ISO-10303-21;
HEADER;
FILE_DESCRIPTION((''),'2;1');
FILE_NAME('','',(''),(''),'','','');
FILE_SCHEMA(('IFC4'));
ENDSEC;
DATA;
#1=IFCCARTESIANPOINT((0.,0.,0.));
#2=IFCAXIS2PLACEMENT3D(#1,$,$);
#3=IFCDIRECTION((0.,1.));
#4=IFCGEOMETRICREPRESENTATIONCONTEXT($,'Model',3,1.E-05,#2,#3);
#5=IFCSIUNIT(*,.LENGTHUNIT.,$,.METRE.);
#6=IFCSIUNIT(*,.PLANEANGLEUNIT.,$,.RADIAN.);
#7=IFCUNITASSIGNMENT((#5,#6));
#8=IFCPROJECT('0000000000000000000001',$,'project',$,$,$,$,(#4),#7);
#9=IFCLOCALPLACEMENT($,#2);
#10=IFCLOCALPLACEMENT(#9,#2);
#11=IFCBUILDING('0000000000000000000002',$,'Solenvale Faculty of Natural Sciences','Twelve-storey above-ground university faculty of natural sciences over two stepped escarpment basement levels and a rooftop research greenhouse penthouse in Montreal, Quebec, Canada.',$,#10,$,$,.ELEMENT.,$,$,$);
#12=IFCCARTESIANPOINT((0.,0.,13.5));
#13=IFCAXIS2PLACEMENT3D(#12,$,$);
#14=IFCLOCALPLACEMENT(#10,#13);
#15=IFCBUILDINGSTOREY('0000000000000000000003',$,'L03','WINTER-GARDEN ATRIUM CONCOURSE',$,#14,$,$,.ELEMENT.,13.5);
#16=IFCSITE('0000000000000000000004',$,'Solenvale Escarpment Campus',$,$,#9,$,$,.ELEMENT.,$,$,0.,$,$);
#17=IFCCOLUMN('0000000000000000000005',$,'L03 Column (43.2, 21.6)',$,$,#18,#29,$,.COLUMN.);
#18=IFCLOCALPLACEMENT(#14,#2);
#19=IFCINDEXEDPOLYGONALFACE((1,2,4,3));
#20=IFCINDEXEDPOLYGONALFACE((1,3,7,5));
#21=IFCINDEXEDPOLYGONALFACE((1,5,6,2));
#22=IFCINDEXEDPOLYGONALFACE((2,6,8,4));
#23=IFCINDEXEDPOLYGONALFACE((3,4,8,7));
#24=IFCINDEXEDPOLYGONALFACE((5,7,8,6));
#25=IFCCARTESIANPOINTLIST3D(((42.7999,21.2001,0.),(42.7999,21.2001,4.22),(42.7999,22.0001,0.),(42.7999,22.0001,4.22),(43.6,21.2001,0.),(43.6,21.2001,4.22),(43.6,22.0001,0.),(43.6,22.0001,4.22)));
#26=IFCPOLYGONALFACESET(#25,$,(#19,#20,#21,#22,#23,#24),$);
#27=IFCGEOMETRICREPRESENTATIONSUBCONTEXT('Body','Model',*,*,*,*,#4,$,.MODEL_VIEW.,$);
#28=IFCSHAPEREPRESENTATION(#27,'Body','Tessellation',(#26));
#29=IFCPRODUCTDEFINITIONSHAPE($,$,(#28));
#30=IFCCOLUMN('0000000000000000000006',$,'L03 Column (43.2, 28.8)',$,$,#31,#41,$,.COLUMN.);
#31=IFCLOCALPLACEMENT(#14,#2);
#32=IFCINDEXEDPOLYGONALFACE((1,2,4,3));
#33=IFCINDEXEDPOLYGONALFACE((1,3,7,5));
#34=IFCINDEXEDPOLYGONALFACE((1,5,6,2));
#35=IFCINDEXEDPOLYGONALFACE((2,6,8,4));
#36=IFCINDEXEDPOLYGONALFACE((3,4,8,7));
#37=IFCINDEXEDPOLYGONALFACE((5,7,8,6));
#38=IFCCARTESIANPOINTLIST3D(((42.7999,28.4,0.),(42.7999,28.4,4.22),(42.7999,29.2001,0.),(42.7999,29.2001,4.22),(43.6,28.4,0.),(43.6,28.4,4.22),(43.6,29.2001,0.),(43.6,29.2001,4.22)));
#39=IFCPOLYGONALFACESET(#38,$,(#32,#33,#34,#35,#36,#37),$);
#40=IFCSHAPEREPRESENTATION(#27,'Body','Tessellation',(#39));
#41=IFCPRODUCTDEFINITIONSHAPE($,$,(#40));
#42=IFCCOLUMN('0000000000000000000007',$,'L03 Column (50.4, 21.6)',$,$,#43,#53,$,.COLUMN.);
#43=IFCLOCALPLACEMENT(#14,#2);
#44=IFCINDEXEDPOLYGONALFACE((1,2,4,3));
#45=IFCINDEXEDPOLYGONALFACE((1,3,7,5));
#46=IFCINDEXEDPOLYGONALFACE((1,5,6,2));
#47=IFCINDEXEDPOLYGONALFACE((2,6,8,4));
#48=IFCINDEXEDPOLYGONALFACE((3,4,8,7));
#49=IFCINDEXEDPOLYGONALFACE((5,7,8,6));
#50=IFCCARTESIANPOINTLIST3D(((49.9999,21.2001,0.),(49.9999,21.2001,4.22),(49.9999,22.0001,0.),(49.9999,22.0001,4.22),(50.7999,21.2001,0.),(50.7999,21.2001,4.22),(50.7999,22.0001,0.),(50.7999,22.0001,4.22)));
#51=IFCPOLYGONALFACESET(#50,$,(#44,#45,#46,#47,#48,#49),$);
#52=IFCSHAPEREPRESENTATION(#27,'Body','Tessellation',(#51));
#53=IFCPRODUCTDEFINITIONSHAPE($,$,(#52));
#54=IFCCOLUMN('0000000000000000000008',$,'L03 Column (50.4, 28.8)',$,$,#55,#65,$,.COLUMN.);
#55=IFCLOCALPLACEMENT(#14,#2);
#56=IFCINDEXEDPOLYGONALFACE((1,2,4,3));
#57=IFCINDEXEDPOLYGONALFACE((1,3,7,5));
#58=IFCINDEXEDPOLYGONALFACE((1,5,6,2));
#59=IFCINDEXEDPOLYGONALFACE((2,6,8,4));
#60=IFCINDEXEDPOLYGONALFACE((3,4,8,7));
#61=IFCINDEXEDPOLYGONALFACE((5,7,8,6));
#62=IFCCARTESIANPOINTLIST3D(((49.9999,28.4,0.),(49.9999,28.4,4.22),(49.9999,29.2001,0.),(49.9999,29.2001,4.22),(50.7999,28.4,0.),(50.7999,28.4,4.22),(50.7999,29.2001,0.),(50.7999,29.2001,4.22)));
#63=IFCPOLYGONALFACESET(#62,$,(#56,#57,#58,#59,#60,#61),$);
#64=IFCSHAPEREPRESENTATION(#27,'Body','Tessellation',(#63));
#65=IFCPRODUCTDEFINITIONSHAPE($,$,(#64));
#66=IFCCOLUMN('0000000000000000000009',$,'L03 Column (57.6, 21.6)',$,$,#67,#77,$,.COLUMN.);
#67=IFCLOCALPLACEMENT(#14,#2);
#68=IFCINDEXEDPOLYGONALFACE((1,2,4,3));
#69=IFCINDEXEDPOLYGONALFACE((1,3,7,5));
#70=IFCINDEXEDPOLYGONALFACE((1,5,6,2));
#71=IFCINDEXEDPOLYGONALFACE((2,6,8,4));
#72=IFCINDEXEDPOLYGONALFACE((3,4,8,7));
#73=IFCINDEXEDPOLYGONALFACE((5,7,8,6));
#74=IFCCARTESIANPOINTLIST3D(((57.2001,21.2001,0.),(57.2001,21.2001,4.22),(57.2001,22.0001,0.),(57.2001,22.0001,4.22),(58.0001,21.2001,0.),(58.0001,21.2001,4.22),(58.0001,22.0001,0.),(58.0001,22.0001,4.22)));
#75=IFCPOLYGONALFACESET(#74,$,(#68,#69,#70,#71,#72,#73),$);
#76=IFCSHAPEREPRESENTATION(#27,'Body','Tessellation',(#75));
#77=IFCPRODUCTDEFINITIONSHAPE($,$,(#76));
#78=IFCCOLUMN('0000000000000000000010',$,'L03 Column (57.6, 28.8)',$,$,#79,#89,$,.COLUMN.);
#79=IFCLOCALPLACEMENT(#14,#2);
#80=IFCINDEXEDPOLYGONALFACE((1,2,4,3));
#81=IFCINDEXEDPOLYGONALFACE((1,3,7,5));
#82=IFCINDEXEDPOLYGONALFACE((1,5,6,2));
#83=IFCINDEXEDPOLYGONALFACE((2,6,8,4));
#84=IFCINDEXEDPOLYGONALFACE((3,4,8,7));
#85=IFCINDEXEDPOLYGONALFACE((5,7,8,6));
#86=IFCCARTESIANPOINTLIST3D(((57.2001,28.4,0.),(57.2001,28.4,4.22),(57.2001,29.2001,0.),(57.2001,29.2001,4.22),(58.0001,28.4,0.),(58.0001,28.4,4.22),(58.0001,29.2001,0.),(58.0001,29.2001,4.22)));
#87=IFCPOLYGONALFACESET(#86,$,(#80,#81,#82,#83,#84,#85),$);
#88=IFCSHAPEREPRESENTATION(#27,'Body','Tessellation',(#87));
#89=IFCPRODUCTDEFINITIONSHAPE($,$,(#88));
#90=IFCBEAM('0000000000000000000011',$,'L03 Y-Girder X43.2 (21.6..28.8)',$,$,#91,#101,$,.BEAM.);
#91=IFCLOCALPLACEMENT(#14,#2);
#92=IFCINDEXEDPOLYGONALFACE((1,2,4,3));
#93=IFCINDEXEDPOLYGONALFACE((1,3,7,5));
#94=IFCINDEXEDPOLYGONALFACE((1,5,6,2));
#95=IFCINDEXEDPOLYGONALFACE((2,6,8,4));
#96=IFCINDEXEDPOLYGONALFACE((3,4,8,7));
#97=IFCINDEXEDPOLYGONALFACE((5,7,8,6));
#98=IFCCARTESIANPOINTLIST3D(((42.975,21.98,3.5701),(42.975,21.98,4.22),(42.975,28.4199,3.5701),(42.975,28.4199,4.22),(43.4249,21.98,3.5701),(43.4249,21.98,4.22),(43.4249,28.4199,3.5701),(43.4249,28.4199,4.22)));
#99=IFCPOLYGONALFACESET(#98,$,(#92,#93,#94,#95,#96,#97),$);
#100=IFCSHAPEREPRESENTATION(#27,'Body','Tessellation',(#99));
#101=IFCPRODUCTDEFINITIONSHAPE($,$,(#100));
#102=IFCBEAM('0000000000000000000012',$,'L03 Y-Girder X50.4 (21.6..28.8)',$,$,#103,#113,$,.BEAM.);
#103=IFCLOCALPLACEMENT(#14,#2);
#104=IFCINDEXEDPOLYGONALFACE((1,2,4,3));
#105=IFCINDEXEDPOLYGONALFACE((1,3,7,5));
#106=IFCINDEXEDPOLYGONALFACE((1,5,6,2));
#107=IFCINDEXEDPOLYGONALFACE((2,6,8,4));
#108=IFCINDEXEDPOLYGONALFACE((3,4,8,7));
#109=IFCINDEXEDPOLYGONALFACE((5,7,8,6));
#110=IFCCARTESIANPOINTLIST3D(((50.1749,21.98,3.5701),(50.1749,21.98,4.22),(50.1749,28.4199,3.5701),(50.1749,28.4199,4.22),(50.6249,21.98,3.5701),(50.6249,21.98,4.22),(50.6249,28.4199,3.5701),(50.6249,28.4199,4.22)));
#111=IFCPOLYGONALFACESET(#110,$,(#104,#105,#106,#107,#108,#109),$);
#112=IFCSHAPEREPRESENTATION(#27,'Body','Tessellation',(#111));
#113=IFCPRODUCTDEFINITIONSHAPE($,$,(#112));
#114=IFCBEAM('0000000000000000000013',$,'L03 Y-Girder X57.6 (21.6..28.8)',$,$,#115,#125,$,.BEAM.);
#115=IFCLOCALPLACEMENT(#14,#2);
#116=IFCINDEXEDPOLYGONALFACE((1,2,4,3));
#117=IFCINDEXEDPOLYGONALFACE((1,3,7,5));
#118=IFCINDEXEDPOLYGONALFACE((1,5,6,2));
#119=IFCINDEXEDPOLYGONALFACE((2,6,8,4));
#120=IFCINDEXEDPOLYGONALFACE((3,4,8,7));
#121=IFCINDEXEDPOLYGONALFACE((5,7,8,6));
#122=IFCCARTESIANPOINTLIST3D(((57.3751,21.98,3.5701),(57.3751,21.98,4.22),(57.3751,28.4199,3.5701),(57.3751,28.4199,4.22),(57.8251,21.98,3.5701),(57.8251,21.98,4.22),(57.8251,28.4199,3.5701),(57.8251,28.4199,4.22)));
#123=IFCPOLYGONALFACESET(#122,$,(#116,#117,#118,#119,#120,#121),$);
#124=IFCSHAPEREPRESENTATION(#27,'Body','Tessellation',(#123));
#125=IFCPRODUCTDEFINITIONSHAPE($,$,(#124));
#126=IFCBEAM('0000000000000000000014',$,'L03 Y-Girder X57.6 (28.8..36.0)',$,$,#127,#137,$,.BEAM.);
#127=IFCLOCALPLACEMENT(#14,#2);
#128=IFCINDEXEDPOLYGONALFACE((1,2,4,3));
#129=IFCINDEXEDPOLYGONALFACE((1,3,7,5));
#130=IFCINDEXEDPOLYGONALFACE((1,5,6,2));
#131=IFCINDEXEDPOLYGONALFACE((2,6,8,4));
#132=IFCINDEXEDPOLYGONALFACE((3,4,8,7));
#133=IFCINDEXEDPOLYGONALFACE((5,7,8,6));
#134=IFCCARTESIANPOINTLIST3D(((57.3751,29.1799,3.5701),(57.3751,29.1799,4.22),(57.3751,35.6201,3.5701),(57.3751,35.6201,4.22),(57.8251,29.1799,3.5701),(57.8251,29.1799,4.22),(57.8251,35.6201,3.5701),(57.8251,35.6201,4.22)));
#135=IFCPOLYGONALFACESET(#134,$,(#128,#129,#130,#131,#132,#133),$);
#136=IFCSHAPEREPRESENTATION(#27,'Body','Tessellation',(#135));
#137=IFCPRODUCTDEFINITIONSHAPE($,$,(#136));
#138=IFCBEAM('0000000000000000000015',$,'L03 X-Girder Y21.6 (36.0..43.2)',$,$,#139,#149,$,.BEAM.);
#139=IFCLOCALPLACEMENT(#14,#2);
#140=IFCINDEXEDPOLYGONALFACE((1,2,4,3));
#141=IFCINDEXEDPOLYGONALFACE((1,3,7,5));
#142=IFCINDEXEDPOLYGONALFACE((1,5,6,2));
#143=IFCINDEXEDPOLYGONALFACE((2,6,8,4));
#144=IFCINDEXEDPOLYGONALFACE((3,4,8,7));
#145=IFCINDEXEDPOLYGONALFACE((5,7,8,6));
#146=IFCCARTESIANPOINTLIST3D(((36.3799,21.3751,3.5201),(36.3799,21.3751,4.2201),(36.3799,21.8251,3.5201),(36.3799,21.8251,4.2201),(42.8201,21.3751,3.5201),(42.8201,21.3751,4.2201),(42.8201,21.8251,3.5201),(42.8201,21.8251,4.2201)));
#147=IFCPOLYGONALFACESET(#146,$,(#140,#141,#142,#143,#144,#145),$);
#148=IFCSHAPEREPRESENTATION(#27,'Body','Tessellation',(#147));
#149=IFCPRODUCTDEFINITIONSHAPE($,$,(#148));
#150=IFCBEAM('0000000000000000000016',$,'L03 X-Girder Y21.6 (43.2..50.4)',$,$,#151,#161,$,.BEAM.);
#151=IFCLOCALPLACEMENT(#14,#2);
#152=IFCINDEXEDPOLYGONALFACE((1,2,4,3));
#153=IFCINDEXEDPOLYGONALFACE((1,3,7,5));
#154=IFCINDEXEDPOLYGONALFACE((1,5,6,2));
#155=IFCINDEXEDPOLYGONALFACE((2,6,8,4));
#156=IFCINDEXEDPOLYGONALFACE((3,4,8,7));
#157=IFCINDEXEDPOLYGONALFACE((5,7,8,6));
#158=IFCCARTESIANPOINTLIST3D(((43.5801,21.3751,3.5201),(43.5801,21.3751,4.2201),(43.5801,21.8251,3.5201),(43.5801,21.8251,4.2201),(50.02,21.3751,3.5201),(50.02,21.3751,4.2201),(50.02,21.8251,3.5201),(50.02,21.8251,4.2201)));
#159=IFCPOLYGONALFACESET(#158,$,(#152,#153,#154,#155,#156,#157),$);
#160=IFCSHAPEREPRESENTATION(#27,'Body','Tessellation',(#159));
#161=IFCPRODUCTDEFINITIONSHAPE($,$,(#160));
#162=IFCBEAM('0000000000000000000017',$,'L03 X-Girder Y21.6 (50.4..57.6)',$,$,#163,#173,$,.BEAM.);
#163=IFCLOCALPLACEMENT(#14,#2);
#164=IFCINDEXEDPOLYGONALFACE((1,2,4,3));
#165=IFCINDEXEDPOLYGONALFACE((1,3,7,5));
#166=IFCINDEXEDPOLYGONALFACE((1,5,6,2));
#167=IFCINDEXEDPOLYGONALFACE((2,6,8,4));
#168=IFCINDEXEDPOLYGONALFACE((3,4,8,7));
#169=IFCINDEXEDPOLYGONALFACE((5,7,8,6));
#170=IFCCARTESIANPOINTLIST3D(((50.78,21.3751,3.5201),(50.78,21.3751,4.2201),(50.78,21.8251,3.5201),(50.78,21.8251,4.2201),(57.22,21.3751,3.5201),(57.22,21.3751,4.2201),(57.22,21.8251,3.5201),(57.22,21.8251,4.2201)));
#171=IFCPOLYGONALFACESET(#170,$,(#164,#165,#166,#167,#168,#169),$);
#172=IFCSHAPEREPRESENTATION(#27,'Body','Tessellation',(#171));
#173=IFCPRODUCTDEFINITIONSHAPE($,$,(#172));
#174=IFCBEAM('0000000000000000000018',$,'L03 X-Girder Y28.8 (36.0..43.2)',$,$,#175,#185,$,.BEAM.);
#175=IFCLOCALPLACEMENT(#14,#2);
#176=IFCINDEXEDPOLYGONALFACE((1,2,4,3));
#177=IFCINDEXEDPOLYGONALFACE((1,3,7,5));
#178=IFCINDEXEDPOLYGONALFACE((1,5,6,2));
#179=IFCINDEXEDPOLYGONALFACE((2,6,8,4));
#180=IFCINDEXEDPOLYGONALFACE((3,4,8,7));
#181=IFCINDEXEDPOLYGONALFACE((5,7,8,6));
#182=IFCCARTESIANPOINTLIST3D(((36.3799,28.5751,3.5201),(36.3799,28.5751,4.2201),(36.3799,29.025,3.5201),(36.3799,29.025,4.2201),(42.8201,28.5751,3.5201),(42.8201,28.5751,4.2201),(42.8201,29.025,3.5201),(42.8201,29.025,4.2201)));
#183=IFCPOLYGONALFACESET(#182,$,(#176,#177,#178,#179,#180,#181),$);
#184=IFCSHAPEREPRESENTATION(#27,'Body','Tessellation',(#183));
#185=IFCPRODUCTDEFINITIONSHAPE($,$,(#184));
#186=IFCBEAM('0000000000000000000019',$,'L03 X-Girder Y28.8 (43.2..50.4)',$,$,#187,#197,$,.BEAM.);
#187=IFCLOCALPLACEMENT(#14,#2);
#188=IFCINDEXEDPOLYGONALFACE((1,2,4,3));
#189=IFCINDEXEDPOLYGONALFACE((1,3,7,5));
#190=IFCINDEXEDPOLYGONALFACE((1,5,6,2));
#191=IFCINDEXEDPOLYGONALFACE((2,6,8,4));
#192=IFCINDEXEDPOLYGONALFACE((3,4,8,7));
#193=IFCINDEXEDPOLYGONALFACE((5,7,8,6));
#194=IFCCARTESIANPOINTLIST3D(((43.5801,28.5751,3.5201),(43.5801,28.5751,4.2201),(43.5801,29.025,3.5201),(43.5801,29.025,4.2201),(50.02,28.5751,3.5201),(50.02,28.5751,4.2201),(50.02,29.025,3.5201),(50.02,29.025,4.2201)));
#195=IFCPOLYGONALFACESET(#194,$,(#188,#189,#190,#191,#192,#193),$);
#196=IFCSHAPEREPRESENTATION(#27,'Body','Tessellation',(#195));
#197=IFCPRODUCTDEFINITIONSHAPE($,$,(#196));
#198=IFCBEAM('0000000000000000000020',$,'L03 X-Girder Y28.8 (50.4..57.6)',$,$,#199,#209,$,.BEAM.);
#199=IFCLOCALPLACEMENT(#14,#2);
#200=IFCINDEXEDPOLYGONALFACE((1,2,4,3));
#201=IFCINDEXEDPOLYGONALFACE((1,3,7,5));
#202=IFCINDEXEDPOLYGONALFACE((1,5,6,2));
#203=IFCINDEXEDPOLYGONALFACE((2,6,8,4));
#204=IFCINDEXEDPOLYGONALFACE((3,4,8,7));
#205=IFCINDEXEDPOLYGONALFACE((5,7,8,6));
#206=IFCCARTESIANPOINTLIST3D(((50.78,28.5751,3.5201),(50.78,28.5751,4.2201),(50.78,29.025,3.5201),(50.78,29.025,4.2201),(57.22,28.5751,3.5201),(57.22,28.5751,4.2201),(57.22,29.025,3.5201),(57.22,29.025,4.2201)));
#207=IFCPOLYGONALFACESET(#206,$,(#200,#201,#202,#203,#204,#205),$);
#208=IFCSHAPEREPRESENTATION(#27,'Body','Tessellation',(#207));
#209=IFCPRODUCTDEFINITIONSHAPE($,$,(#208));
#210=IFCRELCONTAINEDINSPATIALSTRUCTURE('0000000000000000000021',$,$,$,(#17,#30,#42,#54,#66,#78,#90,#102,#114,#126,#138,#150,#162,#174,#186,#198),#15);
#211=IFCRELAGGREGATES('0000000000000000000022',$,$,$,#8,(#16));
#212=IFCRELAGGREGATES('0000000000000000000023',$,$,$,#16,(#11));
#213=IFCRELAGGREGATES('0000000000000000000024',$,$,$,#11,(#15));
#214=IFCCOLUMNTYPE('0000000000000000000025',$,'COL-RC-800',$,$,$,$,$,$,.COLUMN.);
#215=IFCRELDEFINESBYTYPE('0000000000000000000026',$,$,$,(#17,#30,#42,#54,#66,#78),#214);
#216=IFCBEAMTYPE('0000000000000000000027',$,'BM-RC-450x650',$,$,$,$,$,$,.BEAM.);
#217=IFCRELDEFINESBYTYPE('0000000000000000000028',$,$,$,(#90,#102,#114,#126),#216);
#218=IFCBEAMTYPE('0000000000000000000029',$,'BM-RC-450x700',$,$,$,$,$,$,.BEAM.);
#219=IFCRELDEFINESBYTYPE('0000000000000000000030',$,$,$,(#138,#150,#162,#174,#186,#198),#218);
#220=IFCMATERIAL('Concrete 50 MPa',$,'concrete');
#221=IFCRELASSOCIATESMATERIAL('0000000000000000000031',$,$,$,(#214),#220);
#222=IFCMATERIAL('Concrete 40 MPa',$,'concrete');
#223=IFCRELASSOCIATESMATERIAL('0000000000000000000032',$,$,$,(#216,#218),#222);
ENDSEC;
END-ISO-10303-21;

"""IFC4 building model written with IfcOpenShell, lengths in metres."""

from ifc_helpers import new_model, si_unit, direction, frame, origin, origin_2d, place, context, subcontext, project, spatial, rectangle, extrude, material, material_profile, profile_set, type_object, element, save


model = new_model("IFC4")

# Units and contexts
model_context = context("Model", 3, precision=1e-05, world=origin(), true_north=direction((0.0, 1.0)))
body_context = subcontext(model_context, "Body", "Model", "MODEL_VIEW")
ifc_project = project(units=[si_unit("LENGTHUNIT", "METRE"), si_unit("PLANEANGLEUNIT", "RADIAN")], contexts=[model_context])

# Site, building, storey
site_placement = place(None, origin())
site = spatial("IfcSite", under=ifc_project, at=site_placement, Name="Solenvale Escarpment Campus", CompositionType="ELEMENT", RefElevation=0.0)
building_placement = place(site_placement, origin())
building = spatial("IfcBuilding", under=site, at=building_placement, Name="Solenvale Faculty of Natural Sciences", Description="Twelve-storey above-ground university faculty of natural sciences over two stepped escarpment basement levels and a rooftop research greenhouse penthouse in Montreal, Quebec, Canada.", CompositionType="ELEMENT")
storey_placement = place(building_placement, frame((0.0, 0.0, 13.5)))
storey = spatial("IfcBuildingStorey", under=building, at=storey_placement, Name="L03", Description="WINTER-GARDEN ATRIUM CONCOURSE", CompositionType="ELEMENT", Elevation=13.5)

# Columns
ifc_material_1 = material(Name="Concrete 50 MPa", Category="concrete")
ifc_material_profile_1 = material_profile(ifc_material_1, rectangle(XDim=0.8, YDim=0.8, at=origin_2d()), Name="RC-COL-800x800")
ifc_profile_set_1 = profile_set([ifc_material_profile_1], Name="Concrete 50 MPa")
column_type = type_object("IfcColumnType", Name="COL-RC-800", PredefinedType="COLUMN", material=ifc_profile_set_1)
for number, where, z_axis, x_axis, name in (
    (1, (43.2, 21.6001, 0.0), (0.0, 0.0, 1.0), (1.0, 0.0, 0.0), "L03 Column (43.2, 21.6)"),
    (2, (43.2, 28.8, 0.0), (0.0, 0.0, 1.0), (1.0, 0.0, 0.0), "L03 Column (43.2, 28.8)"),
    (3, (50.3999, 21.6001, 0.0), (0.0, 0.0, 1.0), (1.0, 0.0, 0.0), "L03 Column (50.4, 21.6)"),
    (4, (50.3999, 28.8, 0.0), (0.0, 0.0, 1.0), (1.0, 0.0, 0.0), "L03 Column (50.4, 28.8)"),
    (5, (57.6001, 21.6001, 0.0), (0.0, 0.0, 1.0), (1.0, 0.0, 0.0), "L03 Column (57.6, 21.6)"),
    (6, (57.6001, 28.8, 0.0), (0.0, 0.0, 1.0), (1.0, 0.0, 0.0), "L03 Column (57.6, 28.8)"),
):
    element("IfcColumn", number, at=place(storey_placement, frame(where, z_axis=z_axis, x_axis=x_axis)), inside=storey, type_object=column_type, Name=name, PredefinedType="COLUMN", context=body_context, shape_type="SweptSolid", body=[
        extrude(rectangle(XDim=0.8, YDim=0.8, at=origin_2d()), origin(), (0.0, 0.0, 1.0), 4.22),
    ])

# Beams
ifc_material_2 = material(Name="Concrete 40 MPa", Category="concrete")
ifc_material_profile_2 = material_profile(ifc_material_2, rectangle(XDim=0.45, YDim=0.6499, at=origin_2d()), Name="RC-BM-450x650")
ifc_profile_set_2 = profile_set([ifc_material_profile_2], Name="Concrete 40 MPa")
beam_type_1 = type_object("IfcBeamType", Name="BM-RC-450x650", PredefinedType="BEAM", material=ifc_profile_set_2)
for number, where, z_axis, x_axis, name in (
    (7, (43.2, 21.98, 3.895), (0.0, 1.0, 0.0), (-1.0, 0.0, 0.0), "L03 Y-Girder X43.2 (21.6..28.8)"),
    (8, (50.3999, 21.98, 3.895), (0.0, 1.0, 0.0), (-1.0, 0.0, 0.0), "L03 Y-Girder X50.4 (21.6..28.8)"),
    (9, (57.6001, 21.98, 3.895), (0.0, 1.0, 0.0), (-1.0, 0.0, 0.0), "L03 Y-Girder X57.6 (21.6..28.8)"),
):
    element("IfcBeam", number, at=place(storey_placement, frame(where, z_axis=z_axis, x_axis=x_axis)), inside=storey, type_object=beam_type_1, Name=name, PredefinedType="BEAM", context=body_context, shape_type="SweptSolid", body=[
        extrude(rectangle(XDim=0.45, YDim=0.6499, at=origin_2d()), origin(), (0.0, 0.0, 1.0), 6.4399),
    ])
beam_1_placement = place(storey_placement, frame((57.6001, 29.1799, 3.895), z_axis=(0.0, 1.0, 0.0), x_axis=(-1.0, 0.0, 0.0)))
element("IfcBeam", 10, at=beam_1_placement, inside=storey, type_object=beam_type_1, Name="L03 Y-Girder X57.6 (28.8..36.0)", PredefinedType="BEAM", context=body_context, shape_type="SweptSolid", body=[
    extrude(rectangle(XDim=0.45, YDim=0.6499, at=origin_2d()), origin(), (0.0, 0.0, 1.0), 6.4402),
])
ifc_material_profile_3 = material_profile(ifc_material_2, rectangle(XDim=0.45, YDim=0.7, at=origin_2d()), Name="RC-BM-450x700")
ifc_profile_set_3 = profile_set([ifc_material_profile_3], Name="Concrete 40 MPa")
beam_type_2 = type_object("IfcBeamType", Name="BM-RC-450x700", PredefinedType="BEAM", material=ifc_profile_set_3)
beam_2_placement = place(storey_placement, frame((36.3799, 21.6001, 3.8701), z_axis=(1.0, 0.0, 0.0), x_axis=(0.0, 1.0, 0.0)))
element("IfcBeam", 11, at=beam_2_placement, inside=storey, type_object=beam_type_2, Name="L03 X-Girder Y21.6 (36.0..43.2)", PredefinedType="BEAM", context=body_context, shape_type="SweptSolid", body=[
    extrude(rectangle(XDim=0.45, YDim=0.7, at=origin_2d()), origin(), (0.0, 0.0, 1.0), 6.4402),
])
for number, where, z_axis, x_axis, name in (
    (12, (43.5801, 21.6001, 3.8701), (1.0, 0.0, 0.0), (0.0, 1.0, 0.0), "L03 X-Girder Y21.6 (43.2..50.4)"),
    (13, (50.78, 21.6001, 3.8701), (1.0, 0.0, 0.0), (0.0, 1.0, 0.0), "L03 X-Girder Y21.6 (50.4..57.6)"),
):
    element("IfcBeam", number, at=place(storey_placement, frame(where, z_axis=z_axis, x_axis=x_axis)), inside=storey, type_object=beam_type_2, Name=name, PredefinedType="BEAM", context=body_context, shape_type="SweptSolid", body=[
        extrude(rectangle(XDim=0.45, YDim=0.7, at=origin_2d()), origin(), (0.0, 0.0, 1.0), 6.4399),
    ])
beam_3_placement = place(storey_placement, frame((36.3799, 28.8, 3.8701), z_axis=(1.0, 0.0, 0.0), x_axis=(0.0, 1.0, 0.0)))
element("IfcBeam", 14, at=beam_3_placement, inside=storey, type_object=beam_type_2, Name="L03 X-Girder Y28.8 (36.0..43.2)", PredefinedType="BEAM", context=body_context, shape_type="SweptSolid", body=[
    extrude(rectangle(XDim=0.45, YDim=0.7, at=origin_2d()), origin(), (0.0, 0.0, 1.0), 6.4402),
])
for number, where, z_axis, x_axis, name in (
    (15, (43.5801, 28.8, 3.8701), (1.0, 0.0, 0.0), (0.0, 1.0, 0.0), "L03 X-Girder Y28.8 (43.2..50.4)"),
    (16, (50.78, 28.8, 3.8701), (1.0, 0.0, 0.0), (0.0, 1.0, 0.0), "L03 X-Girder Y28.8 (50.4..57.6)"),
):
    element("IfcBeam", number, at=place(storey_placement, frame(where, z_axis=z_axis, x_axis=x_axis)), inside=storey, type_object=beam_type_2, Name=name, PredefinedType="BEAM", context=body_context, shape_type="SweptSolid", body=[
        extrude(rectangle(XDim=0.45, YDim=0.7, at=origin_2d()), origin(), (0.0, 0.0, 1.0), 6.4399),
    ])

save(model, "model.ifc")
